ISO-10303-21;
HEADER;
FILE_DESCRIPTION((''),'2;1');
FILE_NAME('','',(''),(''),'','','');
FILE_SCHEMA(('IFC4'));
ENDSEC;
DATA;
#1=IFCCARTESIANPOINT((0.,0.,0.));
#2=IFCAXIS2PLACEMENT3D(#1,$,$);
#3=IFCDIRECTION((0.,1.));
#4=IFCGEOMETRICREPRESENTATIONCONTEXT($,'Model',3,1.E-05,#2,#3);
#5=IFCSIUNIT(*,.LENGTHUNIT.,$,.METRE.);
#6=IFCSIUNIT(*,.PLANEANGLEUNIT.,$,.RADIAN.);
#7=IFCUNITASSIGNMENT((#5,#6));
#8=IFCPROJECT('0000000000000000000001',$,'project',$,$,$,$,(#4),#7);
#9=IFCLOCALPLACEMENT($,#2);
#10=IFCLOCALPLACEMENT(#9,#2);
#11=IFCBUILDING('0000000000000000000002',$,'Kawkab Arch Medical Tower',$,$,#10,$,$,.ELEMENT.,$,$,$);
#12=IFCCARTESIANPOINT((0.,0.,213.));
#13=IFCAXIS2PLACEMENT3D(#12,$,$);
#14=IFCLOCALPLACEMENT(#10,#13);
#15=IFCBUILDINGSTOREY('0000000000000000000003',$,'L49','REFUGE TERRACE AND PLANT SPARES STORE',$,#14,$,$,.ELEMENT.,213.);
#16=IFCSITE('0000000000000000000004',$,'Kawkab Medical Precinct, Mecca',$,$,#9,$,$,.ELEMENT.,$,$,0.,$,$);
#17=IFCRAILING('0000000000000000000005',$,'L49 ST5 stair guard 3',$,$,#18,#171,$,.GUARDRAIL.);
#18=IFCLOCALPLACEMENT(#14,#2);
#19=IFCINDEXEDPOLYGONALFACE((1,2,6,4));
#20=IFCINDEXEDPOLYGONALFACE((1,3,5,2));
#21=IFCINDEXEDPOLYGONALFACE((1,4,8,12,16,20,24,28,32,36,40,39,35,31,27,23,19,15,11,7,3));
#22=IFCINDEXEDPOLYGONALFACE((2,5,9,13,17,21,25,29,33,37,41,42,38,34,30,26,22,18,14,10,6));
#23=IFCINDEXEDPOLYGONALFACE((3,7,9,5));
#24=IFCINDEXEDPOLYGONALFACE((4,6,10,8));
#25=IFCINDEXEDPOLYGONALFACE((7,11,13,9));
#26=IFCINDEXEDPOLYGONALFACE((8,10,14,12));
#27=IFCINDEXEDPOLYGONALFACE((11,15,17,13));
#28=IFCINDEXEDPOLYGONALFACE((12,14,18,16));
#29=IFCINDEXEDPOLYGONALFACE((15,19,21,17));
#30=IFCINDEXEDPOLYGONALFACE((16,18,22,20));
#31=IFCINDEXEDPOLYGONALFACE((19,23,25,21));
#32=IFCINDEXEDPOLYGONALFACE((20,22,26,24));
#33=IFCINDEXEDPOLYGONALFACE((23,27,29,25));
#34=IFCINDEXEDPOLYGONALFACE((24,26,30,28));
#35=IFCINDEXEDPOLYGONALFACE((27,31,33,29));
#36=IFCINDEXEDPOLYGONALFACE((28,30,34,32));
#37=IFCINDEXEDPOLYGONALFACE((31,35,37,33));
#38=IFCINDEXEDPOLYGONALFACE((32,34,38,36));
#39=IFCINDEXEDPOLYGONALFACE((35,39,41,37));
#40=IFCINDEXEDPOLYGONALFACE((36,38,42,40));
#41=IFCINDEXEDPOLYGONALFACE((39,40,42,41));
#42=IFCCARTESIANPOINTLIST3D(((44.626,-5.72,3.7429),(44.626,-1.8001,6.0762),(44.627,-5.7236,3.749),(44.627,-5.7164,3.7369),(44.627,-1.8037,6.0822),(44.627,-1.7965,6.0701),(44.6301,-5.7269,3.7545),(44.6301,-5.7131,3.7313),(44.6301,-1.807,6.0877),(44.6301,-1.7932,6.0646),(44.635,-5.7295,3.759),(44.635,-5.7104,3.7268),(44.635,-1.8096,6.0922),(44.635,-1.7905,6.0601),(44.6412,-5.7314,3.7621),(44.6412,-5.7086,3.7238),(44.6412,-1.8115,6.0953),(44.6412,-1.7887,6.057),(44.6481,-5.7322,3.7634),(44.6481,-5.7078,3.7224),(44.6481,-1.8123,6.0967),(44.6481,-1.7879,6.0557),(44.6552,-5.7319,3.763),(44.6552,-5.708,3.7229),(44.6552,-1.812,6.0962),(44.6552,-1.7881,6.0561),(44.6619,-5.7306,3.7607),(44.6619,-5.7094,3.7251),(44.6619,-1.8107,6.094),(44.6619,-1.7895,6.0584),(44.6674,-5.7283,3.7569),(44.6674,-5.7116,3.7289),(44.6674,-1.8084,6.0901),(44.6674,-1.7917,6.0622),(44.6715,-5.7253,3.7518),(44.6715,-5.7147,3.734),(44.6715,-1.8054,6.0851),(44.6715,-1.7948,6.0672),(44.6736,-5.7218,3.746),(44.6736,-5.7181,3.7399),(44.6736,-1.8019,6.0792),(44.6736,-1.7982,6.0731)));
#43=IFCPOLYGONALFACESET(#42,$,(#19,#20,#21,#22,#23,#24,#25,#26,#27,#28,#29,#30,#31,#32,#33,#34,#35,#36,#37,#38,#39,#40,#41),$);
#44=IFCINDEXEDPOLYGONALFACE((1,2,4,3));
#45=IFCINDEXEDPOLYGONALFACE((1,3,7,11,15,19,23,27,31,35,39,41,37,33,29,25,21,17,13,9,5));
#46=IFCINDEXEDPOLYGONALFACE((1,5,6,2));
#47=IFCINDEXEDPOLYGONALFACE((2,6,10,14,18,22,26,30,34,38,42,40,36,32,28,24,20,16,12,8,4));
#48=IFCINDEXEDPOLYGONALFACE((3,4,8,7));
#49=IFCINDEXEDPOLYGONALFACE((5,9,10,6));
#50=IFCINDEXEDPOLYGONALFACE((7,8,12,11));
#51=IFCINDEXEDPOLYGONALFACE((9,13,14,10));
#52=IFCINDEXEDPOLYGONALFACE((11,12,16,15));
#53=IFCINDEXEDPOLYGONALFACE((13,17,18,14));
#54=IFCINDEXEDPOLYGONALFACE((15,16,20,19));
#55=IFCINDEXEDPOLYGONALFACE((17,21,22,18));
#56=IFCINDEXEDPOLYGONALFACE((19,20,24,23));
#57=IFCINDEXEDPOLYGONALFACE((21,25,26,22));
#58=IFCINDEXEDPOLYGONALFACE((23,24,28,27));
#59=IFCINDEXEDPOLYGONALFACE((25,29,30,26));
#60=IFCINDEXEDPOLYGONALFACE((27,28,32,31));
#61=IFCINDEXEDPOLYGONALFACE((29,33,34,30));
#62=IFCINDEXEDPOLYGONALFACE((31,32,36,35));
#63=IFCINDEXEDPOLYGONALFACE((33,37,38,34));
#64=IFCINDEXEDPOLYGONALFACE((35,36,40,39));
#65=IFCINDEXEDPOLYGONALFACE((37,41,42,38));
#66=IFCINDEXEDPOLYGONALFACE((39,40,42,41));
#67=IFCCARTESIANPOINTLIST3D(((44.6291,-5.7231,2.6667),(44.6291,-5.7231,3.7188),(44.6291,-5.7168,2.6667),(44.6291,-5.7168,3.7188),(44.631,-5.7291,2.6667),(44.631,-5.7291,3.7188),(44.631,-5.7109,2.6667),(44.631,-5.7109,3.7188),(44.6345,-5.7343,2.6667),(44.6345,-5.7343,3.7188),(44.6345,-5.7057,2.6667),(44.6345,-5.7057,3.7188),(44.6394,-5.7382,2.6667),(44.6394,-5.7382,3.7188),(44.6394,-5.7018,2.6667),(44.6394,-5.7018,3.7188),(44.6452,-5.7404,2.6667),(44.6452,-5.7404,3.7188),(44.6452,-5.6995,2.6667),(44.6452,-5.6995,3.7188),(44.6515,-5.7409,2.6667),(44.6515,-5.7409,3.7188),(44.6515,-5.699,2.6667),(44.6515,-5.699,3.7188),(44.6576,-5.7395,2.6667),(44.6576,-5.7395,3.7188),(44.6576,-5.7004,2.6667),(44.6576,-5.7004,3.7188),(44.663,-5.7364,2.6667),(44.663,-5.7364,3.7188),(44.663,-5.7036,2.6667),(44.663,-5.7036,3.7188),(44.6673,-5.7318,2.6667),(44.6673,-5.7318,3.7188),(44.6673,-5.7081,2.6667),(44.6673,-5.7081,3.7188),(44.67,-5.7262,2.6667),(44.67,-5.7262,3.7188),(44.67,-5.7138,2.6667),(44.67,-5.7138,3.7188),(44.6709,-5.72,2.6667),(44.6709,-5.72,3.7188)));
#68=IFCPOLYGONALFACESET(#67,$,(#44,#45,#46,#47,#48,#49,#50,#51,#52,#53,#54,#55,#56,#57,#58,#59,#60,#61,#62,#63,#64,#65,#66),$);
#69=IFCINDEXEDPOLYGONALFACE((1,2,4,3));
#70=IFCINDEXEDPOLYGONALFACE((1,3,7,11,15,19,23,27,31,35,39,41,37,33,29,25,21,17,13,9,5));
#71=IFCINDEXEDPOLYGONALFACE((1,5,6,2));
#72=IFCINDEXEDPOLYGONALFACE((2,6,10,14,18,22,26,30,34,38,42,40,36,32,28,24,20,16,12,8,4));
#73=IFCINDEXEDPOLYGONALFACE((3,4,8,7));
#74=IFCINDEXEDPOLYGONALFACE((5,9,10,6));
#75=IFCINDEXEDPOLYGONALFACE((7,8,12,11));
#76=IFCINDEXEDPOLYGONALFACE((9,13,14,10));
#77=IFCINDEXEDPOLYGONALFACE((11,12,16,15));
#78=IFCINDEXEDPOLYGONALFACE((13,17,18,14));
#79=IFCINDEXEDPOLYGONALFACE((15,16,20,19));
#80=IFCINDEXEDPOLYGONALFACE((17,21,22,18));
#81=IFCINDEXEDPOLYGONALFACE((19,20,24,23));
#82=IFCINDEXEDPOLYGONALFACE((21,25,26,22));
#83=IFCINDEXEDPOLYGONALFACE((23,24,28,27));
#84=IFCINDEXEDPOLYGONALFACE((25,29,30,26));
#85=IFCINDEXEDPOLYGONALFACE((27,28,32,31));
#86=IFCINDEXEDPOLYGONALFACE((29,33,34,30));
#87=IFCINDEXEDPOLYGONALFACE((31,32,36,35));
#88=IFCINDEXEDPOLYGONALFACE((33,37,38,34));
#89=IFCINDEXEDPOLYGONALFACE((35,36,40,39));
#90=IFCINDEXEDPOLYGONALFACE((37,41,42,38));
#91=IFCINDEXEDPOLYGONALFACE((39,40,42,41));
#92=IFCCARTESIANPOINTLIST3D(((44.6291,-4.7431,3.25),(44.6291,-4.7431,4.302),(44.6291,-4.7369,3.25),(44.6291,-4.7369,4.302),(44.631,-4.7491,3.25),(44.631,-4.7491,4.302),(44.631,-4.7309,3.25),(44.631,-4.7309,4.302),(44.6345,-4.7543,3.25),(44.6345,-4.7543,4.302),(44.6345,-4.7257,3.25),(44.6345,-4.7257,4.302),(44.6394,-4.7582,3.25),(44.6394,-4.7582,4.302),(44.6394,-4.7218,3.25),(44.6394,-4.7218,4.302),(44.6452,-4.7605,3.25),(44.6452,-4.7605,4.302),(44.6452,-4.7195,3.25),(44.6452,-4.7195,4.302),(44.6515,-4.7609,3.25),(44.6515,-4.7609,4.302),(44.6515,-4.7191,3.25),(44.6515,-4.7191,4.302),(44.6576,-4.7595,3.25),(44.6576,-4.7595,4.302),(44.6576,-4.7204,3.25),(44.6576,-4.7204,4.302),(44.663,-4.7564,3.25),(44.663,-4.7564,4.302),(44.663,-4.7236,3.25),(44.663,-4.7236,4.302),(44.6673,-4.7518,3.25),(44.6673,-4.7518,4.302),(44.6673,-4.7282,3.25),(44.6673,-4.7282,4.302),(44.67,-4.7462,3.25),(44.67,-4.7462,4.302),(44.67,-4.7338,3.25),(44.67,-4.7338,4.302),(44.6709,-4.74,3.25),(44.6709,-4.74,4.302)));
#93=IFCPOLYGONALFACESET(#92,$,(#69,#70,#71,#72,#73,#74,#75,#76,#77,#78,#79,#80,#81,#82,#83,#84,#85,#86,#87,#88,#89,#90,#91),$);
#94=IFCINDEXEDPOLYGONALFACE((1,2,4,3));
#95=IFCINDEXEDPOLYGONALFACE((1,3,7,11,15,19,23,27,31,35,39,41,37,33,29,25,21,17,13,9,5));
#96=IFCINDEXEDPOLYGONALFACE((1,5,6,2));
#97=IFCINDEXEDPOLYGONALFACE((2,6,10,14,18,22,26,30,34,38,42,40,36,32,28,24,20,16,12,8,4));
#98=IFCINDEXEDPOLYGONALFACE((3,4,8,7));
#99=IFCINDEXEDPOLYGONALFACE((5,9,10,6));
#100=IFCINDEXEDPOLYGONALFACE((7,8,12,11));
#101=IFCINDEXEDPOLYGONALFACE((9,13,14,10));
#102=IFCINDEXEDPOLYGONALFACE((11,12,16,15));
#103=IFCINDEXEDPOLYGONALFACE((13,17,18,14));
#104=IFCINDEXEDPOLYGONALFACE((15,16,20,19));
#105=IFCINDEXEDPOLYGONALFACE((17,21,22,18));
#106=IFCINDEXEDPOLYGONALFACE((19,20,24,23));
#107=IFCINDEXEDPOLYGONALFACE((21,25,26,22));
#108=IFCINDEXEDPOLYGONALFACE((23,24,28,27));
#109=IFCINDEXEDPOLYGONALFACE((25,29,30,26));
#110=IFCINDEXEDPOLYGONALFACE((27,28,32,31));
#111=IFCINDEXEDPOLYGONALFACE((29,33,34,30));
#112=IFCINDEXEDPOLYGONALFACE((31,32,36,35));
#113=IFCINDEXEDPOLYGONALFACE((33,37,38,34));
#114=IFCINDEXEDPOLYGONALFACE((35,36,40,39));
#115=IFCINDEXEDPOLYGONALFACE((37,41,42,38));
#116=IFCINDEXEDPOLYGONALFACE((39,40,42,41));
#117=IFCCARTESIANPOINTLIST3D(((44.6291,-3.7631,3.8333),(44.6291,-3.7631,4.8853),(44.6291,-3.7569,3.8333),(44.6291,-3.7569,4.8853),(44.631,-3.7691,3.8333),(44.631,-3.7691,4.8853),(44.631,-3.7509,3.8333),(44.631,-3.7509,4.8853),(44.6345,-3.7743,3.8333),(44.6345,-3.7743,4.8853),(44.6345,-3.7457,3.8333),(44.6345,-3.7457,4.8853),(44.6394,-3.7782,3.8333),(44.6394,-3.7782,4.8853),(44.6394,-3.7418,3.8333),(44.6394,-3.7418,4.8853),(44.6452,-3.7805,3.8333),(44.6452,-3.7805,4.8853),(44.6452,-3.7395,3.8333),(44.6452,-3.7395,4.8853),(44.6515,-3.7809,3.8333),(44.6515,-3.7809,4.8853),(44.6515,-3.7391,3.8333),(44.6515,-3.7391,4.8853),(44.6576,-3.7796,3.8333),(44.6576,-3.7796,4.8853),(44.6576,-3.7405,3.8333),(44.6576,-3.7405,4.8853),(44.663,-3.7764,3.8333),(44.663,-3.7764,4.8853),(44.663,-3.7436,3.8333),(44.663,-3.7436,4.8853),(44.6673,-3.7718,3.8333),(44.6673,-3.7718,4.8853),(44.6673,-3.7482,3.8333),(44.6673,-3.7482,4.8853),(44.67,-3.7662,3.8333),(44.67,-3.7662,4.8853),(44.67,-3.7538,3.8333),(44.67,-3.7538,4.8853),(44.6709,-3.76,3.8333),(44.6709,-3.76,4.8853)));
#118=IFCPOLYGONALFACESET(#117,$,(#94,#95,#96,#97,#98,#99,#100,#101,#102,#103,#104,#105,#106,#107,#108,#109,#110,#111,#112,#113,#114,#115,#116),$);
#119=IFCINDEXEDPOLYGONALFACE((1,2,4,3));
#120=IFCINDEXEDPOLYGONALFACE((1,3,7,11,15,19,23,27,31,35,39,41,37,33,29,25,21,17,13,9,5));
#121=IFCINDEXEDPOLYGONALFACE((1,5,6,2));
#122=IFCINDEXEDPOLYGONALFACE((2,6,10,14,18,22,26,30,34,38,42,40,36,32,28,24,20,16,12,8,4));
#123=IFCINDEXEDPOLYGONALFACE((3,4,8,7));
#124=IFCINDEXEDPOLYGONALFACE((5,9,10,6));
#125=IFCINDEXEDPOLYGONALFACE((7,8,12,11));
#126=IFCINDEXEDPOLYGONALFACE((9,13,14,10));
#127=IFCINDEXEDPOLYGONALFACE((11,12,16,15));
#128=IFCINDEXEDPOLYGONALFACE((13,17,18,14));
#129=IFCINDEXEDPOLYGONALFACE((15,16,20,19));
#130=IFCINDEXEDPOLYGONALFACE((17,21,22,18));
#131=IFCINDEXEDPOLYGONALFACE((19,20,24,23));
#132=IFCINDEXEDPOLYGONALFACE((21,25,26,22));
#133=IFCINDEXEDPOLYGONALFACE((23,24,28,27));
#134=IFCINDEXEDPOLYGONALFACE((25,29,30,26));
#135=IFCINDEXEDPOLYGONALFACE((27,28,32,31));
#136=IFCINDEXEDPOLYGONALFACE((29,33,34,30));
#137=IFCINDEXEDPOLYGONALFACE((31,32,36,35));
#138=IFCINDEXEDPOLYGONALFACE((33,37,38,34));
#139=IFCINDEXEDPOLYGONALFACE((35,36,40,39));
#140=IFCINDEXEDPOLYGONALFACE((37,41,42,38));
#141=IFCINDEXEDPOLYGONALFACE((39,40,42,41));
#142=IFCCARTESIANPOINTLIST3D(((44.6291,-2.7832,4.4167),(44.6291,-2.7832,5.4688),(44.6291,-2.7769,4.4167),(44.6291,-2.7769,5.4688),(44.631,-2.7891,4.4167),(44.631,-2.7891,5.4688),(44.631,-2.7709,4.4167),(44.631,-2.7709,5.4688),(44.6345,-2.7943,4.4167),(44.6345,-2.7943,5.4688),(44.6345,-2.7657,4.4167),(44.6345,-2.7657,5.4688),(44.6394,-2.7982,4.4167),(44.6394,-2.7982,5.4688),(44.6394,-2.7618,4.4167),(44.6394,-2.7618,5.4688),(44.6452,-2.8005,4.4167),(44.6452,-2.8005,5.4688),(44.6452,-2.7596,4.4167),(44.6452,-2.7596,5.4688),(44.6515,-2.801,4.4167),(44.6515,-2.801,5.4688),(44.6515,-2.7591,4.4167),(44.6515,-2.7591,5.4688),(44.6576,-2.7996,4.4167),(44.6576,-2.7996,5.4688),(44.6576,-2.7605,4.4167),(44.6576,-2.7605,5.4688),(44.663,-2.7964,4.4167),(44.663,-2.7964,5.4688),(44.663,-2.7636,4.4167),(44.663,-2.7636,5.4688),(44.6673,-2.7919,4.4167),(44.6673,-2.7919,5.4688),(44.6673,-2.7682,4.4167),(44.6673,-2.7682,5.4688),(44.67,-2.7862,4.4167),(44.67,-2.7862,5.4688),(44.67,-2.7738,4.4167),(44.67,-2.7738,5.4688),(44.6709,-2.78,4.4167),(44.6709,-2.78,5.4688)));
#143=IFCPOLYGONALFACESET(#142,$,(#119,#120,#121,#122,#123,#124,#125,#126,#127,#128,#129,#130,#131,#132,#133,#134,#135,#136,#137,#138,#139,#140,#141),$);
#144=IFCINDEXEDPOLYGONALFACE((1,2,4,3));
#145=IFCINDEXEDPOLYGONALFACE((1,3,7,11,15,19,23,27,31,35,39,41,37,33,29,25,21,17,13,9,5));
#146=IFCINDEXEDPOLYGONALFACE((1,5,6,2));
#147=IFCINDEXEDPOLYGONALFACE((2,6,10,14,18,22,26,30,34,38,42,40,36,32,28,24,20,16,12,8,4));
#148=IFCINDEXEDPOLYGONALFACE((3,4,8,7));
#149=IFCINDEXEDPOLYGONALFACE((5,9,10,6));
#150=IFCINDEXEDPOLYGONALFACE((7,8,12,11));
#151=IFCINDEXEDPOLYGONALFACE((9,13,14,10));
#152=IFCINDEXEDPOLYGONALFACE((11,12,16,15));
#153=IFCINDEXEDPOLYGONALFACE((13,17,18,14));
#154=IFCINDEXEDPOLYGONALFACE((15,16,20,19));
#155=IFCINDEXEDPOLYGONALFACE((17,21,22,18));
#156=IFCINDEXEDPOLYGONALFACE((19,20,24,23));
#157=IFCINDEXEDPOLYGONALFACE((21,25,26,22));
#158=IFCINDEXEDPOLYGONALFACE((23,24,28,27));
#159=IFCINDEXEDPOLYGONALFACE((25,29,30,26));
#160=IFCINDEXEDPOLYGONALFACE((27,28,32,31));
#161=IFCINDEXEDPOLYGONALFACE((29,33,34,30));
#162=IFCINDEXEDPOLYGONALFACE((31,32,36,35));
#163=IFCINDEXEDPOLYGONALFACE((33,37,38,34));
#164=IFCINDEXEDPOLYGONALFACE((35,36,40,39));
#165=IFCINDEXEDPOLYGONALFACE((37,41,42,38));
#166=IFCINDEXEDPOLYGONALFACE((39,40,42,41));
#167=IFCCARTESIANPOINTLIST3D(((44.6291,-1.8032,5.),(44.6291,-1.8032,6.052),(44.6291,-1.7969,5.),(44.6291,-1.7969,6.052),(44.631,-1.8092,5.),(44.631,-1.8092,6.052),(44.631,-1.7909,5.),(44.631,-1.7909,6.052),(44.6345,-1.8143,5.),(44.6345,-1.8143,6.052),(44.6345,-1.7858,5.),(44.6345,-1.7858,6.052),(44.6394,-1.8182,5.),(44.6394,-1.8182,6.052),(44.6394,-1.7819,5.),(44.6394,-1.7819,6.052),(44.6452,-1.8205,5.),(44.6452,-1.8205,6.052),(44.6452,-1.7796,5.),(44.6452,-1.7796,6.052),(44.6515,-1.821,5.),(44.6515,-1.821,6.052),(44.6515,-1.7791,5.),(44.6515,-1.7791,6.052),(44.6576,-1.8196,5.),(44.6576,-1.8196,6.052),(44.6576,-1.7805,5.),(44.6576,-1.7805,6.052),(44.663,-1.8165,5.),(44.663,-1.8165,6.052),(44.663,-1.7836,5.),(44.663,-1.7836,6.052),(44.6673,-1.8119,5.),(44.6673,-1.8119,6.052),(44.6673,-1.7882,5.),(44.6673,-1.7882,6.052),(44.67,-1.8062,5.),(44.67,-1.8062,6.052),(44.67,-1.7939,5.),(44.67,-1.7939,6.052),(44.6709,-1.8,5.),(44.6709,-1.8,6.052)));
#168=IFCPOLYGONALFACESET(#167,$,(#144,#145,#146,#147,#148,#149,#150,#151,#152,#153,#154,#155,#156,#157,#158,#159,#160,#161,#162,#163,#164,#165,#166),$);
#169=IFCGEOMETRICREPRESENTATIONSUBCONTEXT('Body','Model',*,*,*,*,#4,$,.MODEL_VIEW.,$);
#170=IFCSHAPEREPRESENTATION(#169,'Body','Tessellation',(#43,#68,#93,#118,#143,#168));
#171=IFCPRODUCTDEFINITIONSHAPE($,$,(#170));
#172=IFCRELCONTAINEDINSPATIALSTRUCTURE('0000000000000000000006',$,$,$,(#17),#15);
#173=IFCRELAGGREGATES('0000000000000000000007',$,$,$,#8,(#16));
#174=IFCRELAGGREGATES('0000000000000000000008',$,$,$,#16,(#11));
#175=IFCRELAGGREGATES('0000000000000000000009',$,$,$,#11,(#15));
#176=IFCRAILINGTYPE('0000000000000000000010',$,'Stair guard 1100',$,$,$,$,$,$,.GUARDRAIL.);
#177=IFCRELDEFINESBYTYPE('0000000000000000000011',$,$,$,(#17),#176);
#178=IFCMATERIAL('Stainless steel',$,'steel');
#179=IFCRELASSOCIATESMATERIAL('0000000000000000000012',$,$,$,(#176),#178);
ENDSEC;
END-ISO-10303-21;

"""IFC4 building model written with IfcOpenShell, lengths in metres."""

from ifc_helpers import new_model, si_unit, direction, frame, origin, origin_2d, place, context, subcontext, project, spatial, circle, extrude, material, type_object, element, save


model = new_model("IFC4")

# Units and contexts
model_context = context("Model", 3, precision=1e-05, world=origin(), true_north=direction((0.0, 1.0)))
body_context = subcontext(model_context, "Body", "Model", "MODEL_VIEW")
ifc_project = project(units=[si_unit("LENGTHUNIT", "METRE"), si_unit("PLANEANGLEUNIT", "RADIAN")], contexts=[model_context])

# Site, building, storey
site_placement = place(None, origin())
site = spatial("IfcSite", under=ifc_project, at=site_placement, Name="Kawkab Medical Precinct, Mecca", CompositionType="ELEMENT", RefElevation=0.0)
building_placement = place(site_placement, origin())
building = spatial("IfcBuilding", under=site, at=building_placement, Name="Kawkab Arch Medical Tower", CompositionType="ELEMENT")
storey_placement = place(building_placement, frame((0.0, 0.0, 213.0)))
storey = spatial("IfcBuildingStorey", under=building, at=storey_placement, Name="L49", Description="REFUGE TERRACE AND PLANT SPARES STORE", CompositionType="ELEMENT", Elevation=213.0)

# Railing
ifc_material_1 = material(Name="Stainless steel", Category="steel")
railing_type_1 = type_object("IfcRailingType", Name="Stair guard 1100", PredefinedType="GUARDRAIL", material=ifc_material_1)
railing_1_placement = place(storey_placement, frame((44.6499, -5.72, 2.6667)))
element("IfcRailing", 1, at=railing_1_placement, inside=storey, type_object=railing_type_1, Name="L49 ST5 stair guard 3", PredefinedType="GUARDRAIL", context=body_context, shape_type="SweptSolid", body=[
    extrude(circle(Radius=0.0239, at=origin_2d()), frame((0.0, 0.0, 1.0762), z_axis=(0.0, 0.859296, 0.511478), x_axis=(-1.0, 0.0, 0.0)), (0.0, 0.0, 1.0), 4.5618),
    extrude(circle(Radius=0.021, at=origin_2d()), origin(), (0.0, 0.0, 1.0), 1.052),
    extrude(circle(Radius=0.021, at=origin_2d()), frame((0.0, 0.98, 0.5833)), (0.0, 0.0, 1.0), 1.052),
    extrude(circle(Radius=0.021, at=origin_2d()), frame((0.0, 1.96, 1.1665)), (0.0, 0.0, 1.0), 1.052),
    extrude(circle(Radius=0.021, at=origin_2d()), frame((0.0, 2.9399, 1.75)), (0.0, 0.0, 1.0), 1.052),
    extrude(circle(Radius=0.021, at=origin_2d()), frame((0.0, 3.9199, 2.3333)), (0.0, 0.0, 1.0), 1.052),
])

save(model, "model.ifc")
